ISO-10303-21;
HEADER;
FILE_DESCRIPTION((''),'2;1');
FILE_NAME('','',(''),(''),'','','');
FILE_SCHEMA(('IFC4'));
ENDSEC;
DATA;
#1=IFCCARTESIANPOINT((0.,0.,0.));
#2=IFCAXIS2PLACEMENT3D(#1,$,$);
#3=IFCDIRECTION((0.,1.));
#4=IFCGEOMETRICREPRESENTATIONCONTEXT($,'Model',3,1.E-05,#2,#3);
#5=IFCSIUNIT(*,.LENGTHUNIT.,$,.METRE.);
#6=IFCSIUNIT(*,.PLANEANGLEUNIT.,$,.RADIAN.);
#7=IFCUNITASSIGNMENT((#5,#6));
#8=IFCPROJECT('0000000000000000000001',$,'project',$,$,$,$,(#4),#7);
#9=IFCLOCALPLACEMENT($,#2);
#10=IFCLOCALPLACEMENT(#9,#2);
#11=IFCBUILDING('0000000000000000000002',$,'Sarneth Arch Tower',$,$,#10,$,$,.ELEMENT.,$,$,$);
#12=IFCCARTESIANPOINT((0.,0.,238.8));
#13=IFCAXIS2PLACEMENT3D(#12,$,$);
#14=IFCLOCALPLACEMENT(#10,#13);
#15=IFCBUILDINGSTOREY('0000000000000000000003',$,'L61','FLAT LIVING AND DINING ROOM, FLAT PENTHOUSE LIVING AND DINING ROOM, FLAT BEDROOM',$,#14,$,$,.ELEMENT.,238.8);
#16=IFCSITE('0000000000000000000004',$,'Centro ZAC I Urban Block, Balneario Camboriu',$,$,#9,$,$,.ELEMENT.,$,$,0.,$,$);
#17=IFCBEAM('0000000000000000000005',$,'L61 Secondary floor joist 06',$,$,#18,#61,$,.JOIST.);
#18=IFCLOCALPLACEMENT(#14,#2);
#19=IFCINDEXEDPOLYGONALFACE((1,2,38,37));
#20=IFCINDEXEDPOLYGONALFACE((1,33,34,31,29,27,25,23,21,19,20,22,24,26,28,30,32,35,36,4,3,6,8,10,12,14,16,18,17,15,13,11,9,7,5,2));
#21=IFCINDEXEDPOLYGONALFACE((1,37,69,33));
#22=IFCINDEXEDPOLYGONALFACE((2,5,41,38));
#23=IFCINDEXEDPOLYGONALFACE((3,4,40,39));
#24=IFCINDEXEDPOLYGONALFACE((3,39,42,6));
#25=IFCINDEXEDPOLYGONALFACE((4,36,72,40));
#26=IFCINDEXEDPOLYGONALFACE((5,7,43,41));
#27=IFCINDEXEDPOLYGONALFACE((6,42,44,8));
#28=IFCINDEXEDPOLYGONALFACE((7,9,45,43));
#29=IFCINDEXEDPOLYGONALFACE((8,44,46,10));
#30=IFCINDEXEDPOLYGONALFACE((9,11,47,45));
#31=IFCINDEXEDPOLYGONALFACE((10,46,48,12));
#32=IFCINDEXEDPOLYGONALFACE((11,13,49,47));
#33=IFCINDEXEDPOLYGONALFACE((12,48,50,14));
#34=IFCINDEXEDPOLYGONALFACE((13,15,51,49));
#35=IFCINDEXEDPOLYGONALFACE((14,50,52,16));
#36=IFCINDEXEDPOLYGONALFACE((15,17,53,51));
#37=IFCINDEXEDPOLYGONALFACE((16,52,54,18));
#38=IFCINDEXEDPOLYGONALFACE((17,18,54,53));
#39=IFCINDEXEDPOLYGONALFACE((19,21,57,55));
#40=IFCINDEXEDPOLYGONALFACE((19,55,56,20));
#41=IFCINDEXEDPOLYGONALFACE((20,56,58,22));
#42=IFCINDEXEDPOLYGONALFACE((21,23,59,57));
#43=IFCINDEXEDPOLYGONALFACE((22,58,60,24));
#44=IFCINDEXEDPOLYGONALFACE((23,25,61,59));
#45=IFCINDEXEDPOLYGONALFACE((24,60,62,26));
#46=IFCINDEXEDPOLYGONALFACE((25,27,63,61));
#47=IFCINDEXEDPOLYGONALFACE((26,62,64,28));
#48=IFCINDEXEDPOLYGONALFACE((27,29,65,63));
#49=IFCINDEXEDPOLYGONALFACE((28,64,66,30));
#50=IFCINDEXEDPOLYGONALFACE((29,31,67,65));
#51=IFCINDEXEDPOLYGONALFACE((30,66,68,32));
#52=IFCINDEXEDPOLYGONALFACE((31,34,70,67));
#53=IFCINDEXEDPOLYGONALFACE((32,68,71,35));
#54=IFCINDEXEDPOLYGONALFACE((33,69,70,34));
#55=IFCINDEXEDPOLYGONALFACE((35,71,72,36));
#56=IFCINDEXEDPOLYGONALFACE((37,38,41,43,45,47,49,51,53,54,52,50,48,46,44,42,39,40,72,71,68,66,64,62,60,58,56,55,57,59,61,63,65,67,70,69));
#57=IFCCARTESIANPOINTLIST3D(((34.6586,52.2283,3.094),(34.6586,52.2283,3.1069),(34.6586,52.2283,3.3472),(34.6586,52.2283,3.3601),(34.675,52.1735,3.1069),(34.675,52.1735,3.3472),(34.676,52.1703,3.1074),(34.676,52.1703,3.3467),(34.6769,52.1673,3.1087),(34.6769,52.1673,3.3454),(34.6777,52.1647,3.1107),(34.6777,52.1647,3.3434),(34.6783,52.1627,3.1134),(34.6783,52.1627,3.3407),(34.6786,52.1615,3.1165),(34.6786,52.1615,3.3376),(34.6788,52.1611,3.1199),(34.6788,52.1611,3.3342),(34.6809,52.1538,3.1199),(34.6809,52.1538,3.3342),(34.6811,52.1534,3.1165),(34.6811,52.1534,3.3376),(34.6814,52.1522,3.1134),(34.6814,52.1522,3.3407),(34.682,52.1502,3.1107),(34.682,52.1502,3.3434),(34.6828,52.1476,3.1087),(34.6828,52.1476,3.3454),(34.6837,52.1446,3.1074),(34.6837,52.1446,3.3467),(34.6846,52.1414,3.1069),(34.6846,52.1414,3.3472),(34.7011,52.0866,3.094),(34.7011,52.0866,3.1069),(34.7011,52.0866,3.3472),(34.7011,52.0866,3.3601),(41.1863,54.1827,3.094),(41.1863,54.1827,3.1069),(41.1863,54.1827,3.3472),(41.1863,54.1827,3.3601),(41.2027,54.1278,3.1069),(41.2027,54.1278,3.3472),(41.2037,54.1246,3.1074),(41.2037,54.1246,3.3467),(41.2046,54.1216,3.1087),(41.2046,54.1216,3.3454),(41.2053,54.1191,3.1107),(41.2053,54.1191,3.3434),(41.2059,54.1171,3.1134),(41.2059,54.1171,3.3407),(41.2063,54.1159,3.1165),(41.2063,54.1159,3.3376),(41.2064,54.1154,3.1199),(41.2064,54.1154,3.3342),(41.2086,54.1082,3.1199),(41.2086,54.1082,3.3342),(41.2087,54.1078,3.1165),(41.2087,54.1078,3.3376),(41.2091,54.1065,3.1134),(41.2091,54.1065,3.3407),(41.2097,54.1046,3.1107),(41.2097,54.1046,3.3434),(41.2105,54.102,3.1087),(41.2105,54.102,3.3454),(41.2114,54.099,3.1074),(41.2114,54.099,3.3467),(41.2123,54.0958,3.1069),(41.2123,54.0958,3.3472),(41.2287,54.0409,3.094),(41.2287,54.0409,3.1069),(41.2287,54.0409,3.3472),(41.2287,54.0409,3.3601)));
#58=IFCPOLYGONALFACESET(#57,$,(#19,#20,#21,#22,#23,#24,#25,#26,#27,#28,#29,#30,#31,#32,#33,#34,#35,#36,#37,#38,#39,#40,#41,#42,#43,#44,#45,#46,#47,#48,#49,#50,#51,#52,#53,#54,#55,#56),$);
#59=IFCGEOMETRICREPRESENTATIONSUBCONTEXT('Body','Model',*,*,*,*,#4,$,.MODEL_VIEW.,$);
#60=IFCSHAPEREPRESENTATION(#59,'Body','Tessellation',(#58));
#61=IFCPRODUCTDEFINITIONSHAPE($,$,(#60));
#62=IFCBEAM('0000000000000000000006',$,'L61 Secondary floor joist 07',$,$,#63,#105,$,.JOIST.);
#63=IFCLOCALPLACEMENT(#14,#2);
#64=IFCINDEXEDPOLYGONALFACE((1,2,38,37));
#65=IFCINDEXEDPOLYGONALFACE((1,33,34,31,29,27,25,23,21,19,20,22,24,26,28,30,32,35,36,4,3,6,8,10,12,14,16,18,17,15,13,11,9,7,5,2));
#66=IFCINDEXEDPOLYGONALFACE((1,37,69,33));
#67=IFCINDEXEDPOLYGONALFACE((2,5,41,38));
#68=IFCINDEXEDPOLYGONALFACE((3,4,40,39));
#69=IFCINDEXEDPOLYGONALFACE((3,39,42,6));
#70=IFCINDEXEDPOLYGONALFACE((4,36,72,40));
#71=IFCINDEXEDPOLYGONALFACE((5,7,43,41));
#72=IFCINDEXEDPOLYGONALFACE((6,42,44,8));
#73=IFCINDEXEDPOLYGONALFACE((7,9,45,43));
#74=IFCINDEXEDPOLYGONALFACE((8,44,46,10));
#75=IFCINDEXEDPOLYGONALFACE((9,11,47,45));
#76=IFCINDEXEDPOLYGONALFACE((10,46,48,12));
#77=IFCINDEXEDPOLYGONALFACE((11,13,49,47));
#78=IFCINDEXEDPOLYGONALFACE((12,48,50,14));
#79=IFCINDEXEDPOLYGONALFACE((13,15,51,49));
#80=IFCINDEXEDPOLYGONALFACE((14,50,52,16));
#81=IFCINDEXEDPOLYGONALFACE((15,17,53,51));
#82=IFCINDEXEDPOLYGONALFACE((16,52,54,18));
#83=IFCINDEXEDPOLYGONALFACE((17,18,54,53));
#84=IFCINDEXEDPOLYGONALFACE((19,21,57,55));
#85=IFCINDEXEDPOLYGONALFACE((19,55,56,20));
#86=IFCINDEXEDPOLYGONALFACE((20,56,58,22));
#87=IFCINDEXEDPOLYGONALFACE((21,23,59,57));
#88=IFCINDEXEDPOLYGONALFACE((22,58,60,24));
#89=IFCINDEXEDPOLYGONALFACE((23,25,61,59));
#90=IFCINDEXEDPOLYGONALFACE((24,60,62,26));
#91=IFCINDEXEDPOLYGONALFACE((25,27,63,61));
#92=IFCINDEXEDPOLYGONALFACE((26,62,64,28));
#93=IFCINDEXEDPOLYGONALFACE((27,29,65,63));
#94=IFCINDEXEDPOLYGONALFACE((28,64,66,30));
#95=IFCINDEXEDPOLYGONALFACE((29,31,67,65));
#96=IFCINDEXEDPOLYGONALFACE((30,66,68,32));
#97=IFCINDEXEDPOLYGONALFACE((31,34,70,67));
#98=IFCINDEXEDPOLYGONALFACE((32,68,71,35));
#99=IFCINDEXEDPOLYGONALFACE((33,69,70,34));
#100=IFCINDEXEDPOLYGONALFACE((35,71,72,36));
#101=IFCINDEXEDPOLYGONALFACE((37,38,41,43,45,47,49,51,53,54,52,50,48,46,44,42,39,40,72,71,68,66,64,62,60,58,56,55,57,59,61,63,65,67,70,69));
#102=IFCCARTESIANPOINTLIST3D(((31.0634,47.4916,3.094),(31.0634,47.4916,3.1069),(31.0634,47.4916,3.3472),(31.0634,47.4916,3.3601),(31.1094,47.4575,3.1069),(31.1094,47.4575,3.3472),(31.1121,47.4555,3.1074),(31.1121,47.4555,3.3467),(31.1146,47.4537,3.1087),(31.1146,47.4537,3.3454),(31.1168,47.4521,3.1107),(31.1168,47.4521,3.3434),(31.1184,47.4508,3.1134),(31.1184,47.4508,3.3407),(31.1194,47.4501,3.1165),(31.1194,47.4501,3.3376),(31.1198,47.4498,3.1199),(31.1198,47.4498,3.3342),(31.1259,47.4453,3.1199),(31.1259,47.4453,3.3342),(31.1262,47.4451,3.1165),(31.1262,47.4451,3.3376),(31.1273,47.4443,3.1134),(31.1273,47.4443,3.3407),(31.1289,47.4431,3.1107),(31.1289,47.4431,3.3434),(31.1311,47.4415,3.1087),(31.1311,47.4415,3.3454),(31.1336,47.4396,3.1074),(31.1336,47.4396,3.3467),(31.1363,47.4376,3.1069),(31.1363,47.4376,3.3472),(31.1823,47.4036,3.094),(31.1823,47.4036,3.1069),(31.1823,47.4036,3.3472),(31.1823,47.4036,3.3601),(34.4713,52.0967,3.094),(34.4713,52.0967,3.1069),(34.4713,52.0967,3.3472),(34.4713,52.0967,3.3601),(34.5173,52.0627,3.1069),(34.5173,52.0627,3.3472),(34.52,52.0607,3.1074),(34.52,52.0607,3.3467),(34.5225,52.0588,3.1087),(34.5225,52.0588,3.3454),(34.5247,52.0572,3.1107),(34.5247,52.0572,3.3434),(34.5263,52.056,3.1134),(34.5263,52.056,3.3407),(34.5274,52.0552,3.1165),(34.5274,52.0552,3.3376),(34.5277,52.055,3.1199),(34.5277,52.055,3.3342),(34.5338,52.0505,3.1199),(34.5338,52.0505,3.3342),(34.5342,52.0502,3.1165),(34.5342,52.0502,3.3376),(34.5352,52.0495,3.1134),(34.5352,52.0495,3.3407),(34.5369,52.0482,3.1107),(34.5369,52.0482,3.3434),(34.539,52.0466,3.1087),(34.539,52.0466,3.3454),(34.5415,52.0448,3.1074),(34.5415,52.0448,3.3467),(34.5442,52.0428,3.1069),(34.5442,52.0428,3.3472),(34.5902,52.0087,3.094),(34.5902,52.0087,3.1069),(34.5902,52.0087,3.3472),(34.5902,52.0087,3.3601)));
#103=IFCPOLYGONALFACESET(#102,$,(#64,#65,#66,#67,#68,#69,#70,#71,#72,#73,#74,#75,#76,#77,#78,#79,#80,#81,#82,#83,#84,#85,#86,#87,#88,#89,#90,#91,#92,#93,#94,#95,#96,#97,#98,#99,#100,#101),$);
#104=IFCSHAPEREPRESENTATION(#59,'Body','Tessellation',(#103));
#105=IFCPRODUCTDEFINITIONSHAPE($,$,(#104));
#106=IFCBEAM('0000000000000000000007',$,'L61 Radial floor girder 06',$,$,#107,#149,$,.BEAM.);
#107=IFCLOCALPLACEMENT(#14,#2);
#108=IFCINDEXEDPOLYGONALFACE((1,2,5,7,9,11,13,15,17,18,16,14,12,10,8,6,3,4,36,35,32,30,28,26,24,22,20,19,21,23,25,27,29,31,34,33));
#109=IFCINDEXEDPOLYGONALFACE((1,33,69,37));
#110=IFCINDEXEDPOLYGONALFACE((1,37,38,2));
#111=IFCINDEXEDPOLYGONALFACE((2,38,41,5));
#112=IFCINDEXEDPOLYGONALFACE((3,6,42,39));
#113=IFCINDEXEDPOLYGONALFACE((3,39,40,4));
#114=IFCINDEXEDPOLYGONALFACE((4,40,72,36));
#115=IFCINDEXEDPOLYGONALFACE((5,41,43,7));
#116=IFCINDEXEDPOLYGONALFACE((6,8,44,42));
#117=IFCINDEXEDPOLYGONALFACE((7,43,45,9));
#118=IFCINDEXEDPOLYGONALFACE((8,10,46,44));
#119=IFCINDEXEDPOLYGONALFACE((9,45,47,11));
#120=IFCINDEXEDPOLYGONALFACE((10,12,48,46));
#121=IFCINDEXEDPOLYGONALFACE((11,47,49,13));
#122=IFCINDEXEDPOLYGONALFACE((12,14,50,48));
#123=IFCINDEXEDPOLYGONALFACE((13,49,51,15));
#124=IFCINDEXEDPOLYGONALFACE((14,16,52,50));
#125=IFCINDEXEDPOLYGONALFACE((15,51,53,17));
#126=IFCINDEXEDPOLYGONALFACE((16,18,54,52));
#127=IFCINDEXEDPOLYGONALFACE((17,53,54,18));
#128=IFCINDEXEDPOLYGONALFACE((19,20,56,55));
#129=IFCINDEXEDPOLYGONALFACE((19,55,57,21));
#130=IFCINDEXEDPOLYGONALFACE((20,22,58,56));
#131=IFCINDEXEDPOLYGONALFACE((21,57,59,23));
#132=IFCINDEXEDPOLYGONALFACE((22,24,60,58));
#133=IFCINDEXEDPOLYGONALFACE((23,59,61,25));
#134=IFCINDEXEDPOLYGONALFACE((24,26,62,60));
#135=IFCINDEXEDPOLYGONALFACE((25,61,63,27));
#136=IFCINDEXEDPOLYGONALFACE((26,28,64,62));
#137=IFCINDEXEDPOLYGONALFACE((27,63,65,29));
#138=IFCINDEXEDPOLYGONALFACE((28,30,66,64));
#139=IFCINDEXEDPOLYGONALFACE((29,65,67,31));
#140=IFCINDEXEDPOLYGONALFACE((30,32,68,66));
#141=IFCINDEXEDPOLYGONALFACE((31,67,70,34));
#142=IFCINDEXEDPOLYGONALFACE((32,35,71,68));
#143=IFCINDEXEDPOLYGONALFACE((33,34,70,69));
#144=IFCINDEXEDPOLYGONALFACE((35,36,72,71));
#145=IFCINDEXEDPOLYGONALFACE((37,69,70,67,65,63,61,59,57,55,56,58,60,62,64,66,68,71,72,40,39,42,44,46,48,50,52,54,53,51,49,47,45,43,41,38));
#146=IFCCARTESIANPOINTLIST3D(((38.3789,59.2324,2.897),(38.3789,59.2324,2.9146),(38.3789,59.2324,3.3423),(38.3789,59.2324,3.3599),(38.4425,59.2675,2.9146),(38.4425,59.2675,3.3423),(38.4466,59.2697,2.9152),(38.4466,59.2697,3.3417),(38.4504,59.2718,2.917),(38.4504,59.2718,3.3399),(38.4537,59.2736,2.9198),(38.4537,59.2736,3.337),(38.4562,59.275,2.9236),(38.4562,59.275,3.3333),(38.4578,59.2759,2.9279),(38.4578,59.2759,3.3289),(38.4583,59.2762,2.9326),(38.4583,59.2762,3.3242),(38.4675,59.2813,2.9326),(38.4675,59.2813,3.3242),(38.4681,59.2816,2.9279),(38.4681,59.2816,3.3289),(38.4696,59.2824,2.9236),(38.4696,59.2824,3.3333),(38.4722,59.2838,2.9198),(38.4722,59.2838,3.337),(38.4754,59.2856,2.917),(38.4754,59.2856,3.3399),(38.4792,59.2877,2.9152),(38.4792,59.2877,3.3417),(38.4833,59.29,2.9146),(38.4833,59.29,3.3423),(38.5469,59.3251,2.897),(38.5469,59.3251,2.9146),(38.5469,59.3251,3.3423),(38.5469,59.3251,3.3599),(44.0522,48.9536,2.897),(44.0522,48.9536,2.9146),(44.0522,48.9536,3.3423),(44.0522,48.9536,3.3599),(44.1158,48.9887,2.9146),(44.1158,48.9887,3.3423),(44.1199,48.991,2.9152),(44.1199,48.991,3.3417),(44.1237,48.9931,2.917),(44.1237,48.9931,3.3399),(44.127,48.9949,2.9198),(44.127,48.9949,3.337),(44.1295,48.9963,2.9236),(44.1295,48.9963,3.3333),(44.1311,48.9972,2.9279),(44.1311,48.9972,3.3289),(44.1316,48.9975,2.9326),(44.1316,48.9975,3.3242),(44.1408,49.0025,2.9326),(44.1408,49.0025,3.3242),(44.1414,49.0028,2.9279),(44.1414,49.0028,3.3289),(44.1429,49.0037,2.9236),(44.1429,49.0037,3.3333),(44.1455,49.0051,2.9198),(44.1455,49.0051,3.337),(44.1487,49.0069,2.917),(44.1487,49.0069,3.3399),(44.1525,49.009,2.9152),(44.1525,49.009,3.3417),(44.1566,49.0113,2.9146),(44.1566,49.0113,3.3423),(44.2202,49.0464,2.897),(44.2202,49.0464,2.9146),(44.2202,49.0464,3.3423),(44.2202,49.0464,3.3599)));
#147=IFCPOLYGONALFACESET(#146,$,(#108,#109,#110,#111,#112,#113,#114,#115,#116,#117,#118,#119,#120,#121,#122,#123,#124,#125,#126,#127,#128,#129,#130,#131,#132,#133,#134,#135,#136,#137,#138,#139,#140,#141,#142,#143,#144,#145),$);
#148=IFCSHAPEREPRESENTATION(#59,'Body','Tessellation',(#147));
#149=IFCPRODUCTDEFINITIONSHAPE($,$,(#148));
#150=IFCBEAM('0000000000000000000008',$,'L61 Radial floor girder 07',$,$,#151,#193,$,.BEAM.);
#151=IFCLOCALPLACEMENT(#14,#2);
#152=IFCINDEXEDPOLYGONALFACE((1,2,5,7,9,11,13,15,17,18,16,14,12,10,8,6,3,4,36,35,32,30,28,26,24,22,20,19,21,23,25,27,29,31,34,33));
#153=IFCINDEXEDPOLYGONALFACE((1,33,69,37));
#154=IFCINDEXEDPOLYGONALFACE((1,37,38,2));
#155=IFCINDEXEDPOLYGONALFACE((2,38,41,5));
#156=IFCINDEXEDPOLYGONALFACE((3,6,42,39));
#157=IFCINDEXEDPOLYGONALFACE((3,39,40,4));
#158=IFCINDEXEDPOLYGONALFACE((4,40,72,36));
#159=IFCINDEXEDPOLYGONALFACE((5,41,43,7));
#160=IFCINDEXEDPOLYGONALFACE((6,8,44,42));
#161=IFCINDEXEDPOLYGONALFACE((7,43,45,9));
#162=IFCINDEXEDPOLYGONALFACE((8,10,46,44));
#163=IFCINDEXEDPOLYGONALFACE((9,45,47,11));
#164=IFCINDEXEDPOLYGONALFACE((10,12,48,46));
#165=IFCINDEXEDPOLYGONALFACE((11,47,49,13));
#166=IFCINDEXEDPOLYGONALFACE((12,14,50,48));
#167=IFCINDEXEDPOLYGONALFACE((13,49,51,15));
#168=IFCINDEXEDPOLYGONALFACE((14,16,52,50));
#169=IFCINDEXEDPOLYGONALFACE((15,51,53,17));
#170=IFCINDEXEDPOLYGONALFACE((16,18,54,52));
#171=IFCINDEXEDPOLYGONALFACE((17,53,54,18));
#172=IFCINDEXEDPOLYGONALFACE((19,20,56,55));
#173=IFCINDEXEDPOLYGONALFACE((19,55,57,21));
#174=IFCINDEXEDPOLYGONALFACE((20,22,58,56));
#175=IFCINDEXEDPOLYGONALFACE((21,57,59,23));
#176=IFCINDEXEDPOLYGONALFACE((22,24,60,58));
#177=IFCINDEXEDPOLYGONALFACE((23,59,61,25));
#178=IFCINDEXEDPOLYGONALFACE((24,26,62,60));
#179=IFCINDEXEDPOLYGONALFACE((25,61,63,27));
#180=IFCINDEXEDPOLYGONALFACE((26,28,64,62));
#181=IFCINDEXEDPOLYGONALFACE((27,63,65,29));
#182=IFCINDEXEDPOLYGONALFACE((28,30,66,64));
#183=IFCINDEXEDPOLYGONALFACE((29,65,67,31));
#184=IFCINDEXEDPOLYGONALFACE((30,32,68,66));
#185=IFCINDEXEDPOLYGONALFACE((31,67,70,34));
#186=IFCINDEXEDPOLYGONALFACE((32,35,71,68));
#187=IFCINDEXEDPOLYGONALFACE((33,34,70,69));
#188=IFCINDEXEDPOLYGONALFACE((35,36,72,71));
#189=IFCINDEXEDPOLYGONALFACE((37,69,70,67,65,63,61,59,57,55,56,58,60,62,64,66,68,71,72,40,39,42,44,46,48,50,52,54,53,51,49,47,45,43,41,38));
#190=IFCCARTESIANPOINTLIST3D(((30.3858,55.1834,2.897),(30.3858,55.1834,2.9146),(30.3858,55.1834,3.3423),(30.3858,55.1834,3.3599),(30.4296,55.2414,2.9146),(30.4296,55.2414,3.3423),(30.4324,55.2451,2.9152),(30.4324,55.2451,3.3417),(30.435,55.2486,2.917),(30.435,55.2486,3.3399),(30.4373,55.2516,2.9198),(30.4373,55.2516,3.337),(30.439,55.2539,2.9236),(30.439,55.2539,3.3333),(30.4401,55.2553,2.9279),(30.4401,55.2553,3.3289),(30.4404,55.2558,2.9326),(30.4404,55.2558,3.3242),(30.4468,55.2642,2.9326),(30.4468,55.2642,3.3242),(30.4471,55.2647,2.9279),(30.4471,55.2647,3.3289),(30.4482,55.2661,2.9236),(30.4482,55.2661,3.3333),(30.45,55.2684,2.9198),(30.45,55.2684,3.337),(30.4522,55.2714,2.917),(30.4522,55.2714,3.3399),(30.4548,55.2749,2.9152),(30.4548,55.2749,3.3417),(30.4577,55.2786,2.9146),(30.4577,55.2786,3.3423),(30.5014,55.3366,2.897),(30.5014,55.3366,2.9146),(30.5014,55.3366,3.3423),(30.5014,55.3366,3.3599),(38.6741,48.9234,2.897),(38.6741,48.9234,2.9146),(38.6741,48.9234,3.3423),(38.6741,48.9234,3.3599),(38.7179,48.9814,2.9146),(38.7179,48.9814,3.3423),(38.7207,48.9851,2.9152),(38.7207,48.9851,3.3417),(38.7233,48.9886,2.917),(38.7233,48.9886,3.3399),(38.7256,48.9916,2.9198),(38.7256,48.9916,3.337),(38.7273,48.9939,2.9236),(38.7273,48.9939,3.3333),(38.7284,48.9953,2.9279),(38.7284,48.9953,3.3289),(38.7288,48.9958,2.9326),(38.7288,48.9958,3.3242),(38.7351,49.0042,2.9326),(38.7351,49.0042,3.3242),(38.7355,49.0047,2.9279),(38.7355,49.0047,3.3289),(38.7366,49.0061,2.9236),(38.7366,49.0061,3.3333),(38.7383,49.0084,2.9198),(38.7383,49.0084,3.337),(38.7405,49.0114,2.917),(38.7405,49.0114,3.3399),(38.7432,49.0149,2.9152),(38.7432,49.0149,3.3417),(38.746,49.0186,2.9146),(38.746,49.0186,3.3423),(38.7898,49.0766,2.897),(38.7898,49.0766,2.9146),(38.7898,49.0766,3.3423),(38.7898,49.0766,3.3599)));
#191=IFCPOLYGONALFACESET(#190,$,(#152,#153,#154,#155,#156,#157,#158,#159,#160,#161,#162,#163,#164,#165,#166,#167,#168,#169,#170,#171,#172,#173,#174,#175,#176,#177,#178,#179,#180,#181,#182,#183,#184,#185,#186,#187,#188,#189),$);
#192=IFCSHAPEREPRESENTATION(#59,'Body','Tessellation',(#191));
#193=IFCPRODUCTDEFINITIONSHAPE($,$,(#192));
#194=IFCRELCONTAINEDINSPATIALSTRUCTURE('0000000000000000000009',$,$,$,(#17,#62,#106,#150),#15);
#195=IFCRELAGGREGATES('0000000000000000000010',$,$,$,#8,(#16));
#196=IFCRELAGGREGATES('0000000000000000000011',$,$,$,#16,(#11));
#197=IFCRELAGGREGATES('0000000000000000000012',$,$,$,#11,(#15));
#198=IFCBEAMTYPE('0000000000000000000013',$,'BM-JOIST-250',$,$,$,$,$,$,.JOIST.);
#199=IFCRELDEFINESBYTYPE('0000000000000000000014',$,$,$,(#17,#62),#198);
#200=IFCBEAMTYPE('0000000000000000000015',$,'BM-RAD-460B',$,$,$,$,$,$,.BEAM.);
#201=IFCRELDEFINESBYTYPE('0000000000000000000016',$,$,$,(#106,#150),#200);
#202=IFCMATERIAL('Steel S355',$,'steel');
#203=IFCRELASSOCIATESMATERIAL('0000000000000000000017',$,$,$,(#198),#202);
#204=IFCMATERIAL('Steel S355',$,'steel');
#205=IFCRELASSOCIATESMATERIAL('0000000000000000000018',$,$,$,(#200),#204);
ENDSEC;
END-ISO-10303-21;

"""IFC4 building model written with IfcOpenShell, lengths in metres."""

from ifc_helpers import new_model, si_unit, direction, frame, origin, origin_2d, place, context, subcontext, project, spatial, i_section, extrude, material, material_profile, profile_set, type_object, element, save


model = new_model("IFC4")

# Units and contexts
model_context = context("Model", 3, precision=1e-05, world=origin(), true_north=direction((0.0, 1.0)))
body_context = subcontext(model_context, "Body", "Model", "MODEL_VIEW")
ifc_project = project(units=[si_unit("LENGTHUNIT", "METRE"), si_unit("PLANEANGLEUNIT", "RADIAN")], contexts=[model_context])

# Site, building, storey
site_placement = place(None, origin())
site = spatial("IfcSite", under=ifc_project, at=site_placement, Name="Centro ZAC I Urban Block, Balneario Camboriu", CompositionType="ELEMENT", RefElevation=0.0)
building_placement = place(site_placement, origin())
building = spatial("IfcBuilding", under=site, at=building_placement, Name="Sarneth Arch Tower", CompositionType="ELEMENT")
storey_placement = place(building_placement, frame((0.0, 0.0, 238.8)))
storey = spatial("IfcBuildingStorey", under=building, at=storey_placement, Name="L61", Description="FLAT LIVING AND DINING ROOM, FLAT PENTHOUSE LIVING AND DINING ROOM, FLAT BEDROOM", CompositionType="ELEMENT", Elevation=238.8)

# Beams
ifc_material_1 = material(Name="Steel S355", Category="steel")
ifc_material_profile_1 = material_profile(ifc_material_1, i_section(OverallWidth=0.1479, OverallDepth=0.2661, WebThickness=0.0076, FlangeThickness=0.0129, FilletRadius=0.0129, at=origin_2d()), Name="W250x44.8")
ifc_profile_set_1 = profile_set([ifc_material_profile_1], Name="Steel S355")
beam_type_1 = type_object("IfcBeamType", Name="BM-JOIST-250", PredefinedType="JOIST", material=ifc_profile_set_1)
beam_1_placement = place(storey_placement, frame((41.2075, 54.1118, 3.2271), z_axis=(-0.957985, -0.286819, 0.0), x_axis=(0.286819, -0.957985, 0.0)))
element("IfcBeam", 1, at=beam_1_placement, inside=storey, type_object=beam_type_1, Name="L61 Secondary floor joist 06", PredefinedType="JOIST", context=body_context, shape_type="SweptSolid", body=[
    extrude(i_section(OverallWidth=0.1479, OverallDepth=0.2661, WebThickness=0.0076, FlangeThickness=0.0129, FilletRadius=0.0129, at=origin_2d()), origin(), (0.0, 0.0, 1.0), 6.814),
])
beam_2_placement = place(storey_placement, frame((34.5308, 52.0527, 3.2271), z_axis=(-0.594853, -0.803834, 0.0), x_axis=(0.803834, -0.594853, 0.0)))
element("IfcBeam", 2, at=beam_2_placement, inside=storey, type_object=beam_type_1, Name="L61 Secondary floor joist 07", PredefinedType="JOIST", context=body_context, shape_type="SweptSolid", body=[
    extrude(i_section(OverallWidth=0.1479, OverallDepth=0.2661, WebThickness=0.0076, FlangeThickness=0.0129, FilletRadius=0.0129, at=origin_2d()), origin(), (0.0, 0.0, 1.0), 5.729),
])
ifc_material_2 = material(Name="Steel S355", Category="steel")
ifc_material_profile_2 = material_profile(ifc_material_2, i_section(OverallWidth=0.1919, OverallDepth=0.4629, WebThickness=0.0105, FlangeThickness=0.0176, FilletRadius=0.0181, at=origin_2d()), Name="W460x89")
ifc_profile_set_2 = profile_set([ifc_material_profile_2], Name="Steel S355")
beam_type_2 = type_object("IfcBeamType", Name="BM-RAD-460B", PredefinedType="BEAM", material=ifc_profile_set_2)
beam_3_placement = place(storey_placement, frame((44.1362, 49.0, 3.1284), z_axis=(-0.483226, 0.875496, 0.0), x_axis=(-0.875496, -0.483226, 0.0)))
element("IfcBeam", 3, at=beam_3_placement, inside=storey, type_object=beam_type_2, Name="L61 Radial floor girder 06", PredefinedType="BEAM", context=body_context, shape_type="SweptSolid", body=[
    extrude(i_section(OverallWidth=0.1919, OverallDepth=0.4629, WebThickness=0.0105, FlangeThickness=0.0176, FilletRadius=0.0181, at=origin_2d()), origin(), (0.0, 0.0, 1.0), 11.7405),
])
beam_4_placement = place(storey_placement, frame((38.7319, 49.0, 3.1284), z_axis=(-0.797973, 0.602693, 0.0), x_axis=(-0.602693, -0.797973, 0.0)))
element("IfcBeam", 4, at=beam_4_placement, inside=storey, type_object=beam_type_2, Name="L61 Radial floor girder 07", PredefinedType="BEAM", context=body_context, shape_type="SweptSolid", body=[
    extrude(i_section(OverallWidth=0.1919, OverallDepth=0.4629, WebThickness=0.0105, FlangeThickness=0.0176, FilletRadius=0.0181, at=origin_2d()), origin(), (0.0, 0.0, 1.0), 10.3867),
])

save(model, "model.ifc")
